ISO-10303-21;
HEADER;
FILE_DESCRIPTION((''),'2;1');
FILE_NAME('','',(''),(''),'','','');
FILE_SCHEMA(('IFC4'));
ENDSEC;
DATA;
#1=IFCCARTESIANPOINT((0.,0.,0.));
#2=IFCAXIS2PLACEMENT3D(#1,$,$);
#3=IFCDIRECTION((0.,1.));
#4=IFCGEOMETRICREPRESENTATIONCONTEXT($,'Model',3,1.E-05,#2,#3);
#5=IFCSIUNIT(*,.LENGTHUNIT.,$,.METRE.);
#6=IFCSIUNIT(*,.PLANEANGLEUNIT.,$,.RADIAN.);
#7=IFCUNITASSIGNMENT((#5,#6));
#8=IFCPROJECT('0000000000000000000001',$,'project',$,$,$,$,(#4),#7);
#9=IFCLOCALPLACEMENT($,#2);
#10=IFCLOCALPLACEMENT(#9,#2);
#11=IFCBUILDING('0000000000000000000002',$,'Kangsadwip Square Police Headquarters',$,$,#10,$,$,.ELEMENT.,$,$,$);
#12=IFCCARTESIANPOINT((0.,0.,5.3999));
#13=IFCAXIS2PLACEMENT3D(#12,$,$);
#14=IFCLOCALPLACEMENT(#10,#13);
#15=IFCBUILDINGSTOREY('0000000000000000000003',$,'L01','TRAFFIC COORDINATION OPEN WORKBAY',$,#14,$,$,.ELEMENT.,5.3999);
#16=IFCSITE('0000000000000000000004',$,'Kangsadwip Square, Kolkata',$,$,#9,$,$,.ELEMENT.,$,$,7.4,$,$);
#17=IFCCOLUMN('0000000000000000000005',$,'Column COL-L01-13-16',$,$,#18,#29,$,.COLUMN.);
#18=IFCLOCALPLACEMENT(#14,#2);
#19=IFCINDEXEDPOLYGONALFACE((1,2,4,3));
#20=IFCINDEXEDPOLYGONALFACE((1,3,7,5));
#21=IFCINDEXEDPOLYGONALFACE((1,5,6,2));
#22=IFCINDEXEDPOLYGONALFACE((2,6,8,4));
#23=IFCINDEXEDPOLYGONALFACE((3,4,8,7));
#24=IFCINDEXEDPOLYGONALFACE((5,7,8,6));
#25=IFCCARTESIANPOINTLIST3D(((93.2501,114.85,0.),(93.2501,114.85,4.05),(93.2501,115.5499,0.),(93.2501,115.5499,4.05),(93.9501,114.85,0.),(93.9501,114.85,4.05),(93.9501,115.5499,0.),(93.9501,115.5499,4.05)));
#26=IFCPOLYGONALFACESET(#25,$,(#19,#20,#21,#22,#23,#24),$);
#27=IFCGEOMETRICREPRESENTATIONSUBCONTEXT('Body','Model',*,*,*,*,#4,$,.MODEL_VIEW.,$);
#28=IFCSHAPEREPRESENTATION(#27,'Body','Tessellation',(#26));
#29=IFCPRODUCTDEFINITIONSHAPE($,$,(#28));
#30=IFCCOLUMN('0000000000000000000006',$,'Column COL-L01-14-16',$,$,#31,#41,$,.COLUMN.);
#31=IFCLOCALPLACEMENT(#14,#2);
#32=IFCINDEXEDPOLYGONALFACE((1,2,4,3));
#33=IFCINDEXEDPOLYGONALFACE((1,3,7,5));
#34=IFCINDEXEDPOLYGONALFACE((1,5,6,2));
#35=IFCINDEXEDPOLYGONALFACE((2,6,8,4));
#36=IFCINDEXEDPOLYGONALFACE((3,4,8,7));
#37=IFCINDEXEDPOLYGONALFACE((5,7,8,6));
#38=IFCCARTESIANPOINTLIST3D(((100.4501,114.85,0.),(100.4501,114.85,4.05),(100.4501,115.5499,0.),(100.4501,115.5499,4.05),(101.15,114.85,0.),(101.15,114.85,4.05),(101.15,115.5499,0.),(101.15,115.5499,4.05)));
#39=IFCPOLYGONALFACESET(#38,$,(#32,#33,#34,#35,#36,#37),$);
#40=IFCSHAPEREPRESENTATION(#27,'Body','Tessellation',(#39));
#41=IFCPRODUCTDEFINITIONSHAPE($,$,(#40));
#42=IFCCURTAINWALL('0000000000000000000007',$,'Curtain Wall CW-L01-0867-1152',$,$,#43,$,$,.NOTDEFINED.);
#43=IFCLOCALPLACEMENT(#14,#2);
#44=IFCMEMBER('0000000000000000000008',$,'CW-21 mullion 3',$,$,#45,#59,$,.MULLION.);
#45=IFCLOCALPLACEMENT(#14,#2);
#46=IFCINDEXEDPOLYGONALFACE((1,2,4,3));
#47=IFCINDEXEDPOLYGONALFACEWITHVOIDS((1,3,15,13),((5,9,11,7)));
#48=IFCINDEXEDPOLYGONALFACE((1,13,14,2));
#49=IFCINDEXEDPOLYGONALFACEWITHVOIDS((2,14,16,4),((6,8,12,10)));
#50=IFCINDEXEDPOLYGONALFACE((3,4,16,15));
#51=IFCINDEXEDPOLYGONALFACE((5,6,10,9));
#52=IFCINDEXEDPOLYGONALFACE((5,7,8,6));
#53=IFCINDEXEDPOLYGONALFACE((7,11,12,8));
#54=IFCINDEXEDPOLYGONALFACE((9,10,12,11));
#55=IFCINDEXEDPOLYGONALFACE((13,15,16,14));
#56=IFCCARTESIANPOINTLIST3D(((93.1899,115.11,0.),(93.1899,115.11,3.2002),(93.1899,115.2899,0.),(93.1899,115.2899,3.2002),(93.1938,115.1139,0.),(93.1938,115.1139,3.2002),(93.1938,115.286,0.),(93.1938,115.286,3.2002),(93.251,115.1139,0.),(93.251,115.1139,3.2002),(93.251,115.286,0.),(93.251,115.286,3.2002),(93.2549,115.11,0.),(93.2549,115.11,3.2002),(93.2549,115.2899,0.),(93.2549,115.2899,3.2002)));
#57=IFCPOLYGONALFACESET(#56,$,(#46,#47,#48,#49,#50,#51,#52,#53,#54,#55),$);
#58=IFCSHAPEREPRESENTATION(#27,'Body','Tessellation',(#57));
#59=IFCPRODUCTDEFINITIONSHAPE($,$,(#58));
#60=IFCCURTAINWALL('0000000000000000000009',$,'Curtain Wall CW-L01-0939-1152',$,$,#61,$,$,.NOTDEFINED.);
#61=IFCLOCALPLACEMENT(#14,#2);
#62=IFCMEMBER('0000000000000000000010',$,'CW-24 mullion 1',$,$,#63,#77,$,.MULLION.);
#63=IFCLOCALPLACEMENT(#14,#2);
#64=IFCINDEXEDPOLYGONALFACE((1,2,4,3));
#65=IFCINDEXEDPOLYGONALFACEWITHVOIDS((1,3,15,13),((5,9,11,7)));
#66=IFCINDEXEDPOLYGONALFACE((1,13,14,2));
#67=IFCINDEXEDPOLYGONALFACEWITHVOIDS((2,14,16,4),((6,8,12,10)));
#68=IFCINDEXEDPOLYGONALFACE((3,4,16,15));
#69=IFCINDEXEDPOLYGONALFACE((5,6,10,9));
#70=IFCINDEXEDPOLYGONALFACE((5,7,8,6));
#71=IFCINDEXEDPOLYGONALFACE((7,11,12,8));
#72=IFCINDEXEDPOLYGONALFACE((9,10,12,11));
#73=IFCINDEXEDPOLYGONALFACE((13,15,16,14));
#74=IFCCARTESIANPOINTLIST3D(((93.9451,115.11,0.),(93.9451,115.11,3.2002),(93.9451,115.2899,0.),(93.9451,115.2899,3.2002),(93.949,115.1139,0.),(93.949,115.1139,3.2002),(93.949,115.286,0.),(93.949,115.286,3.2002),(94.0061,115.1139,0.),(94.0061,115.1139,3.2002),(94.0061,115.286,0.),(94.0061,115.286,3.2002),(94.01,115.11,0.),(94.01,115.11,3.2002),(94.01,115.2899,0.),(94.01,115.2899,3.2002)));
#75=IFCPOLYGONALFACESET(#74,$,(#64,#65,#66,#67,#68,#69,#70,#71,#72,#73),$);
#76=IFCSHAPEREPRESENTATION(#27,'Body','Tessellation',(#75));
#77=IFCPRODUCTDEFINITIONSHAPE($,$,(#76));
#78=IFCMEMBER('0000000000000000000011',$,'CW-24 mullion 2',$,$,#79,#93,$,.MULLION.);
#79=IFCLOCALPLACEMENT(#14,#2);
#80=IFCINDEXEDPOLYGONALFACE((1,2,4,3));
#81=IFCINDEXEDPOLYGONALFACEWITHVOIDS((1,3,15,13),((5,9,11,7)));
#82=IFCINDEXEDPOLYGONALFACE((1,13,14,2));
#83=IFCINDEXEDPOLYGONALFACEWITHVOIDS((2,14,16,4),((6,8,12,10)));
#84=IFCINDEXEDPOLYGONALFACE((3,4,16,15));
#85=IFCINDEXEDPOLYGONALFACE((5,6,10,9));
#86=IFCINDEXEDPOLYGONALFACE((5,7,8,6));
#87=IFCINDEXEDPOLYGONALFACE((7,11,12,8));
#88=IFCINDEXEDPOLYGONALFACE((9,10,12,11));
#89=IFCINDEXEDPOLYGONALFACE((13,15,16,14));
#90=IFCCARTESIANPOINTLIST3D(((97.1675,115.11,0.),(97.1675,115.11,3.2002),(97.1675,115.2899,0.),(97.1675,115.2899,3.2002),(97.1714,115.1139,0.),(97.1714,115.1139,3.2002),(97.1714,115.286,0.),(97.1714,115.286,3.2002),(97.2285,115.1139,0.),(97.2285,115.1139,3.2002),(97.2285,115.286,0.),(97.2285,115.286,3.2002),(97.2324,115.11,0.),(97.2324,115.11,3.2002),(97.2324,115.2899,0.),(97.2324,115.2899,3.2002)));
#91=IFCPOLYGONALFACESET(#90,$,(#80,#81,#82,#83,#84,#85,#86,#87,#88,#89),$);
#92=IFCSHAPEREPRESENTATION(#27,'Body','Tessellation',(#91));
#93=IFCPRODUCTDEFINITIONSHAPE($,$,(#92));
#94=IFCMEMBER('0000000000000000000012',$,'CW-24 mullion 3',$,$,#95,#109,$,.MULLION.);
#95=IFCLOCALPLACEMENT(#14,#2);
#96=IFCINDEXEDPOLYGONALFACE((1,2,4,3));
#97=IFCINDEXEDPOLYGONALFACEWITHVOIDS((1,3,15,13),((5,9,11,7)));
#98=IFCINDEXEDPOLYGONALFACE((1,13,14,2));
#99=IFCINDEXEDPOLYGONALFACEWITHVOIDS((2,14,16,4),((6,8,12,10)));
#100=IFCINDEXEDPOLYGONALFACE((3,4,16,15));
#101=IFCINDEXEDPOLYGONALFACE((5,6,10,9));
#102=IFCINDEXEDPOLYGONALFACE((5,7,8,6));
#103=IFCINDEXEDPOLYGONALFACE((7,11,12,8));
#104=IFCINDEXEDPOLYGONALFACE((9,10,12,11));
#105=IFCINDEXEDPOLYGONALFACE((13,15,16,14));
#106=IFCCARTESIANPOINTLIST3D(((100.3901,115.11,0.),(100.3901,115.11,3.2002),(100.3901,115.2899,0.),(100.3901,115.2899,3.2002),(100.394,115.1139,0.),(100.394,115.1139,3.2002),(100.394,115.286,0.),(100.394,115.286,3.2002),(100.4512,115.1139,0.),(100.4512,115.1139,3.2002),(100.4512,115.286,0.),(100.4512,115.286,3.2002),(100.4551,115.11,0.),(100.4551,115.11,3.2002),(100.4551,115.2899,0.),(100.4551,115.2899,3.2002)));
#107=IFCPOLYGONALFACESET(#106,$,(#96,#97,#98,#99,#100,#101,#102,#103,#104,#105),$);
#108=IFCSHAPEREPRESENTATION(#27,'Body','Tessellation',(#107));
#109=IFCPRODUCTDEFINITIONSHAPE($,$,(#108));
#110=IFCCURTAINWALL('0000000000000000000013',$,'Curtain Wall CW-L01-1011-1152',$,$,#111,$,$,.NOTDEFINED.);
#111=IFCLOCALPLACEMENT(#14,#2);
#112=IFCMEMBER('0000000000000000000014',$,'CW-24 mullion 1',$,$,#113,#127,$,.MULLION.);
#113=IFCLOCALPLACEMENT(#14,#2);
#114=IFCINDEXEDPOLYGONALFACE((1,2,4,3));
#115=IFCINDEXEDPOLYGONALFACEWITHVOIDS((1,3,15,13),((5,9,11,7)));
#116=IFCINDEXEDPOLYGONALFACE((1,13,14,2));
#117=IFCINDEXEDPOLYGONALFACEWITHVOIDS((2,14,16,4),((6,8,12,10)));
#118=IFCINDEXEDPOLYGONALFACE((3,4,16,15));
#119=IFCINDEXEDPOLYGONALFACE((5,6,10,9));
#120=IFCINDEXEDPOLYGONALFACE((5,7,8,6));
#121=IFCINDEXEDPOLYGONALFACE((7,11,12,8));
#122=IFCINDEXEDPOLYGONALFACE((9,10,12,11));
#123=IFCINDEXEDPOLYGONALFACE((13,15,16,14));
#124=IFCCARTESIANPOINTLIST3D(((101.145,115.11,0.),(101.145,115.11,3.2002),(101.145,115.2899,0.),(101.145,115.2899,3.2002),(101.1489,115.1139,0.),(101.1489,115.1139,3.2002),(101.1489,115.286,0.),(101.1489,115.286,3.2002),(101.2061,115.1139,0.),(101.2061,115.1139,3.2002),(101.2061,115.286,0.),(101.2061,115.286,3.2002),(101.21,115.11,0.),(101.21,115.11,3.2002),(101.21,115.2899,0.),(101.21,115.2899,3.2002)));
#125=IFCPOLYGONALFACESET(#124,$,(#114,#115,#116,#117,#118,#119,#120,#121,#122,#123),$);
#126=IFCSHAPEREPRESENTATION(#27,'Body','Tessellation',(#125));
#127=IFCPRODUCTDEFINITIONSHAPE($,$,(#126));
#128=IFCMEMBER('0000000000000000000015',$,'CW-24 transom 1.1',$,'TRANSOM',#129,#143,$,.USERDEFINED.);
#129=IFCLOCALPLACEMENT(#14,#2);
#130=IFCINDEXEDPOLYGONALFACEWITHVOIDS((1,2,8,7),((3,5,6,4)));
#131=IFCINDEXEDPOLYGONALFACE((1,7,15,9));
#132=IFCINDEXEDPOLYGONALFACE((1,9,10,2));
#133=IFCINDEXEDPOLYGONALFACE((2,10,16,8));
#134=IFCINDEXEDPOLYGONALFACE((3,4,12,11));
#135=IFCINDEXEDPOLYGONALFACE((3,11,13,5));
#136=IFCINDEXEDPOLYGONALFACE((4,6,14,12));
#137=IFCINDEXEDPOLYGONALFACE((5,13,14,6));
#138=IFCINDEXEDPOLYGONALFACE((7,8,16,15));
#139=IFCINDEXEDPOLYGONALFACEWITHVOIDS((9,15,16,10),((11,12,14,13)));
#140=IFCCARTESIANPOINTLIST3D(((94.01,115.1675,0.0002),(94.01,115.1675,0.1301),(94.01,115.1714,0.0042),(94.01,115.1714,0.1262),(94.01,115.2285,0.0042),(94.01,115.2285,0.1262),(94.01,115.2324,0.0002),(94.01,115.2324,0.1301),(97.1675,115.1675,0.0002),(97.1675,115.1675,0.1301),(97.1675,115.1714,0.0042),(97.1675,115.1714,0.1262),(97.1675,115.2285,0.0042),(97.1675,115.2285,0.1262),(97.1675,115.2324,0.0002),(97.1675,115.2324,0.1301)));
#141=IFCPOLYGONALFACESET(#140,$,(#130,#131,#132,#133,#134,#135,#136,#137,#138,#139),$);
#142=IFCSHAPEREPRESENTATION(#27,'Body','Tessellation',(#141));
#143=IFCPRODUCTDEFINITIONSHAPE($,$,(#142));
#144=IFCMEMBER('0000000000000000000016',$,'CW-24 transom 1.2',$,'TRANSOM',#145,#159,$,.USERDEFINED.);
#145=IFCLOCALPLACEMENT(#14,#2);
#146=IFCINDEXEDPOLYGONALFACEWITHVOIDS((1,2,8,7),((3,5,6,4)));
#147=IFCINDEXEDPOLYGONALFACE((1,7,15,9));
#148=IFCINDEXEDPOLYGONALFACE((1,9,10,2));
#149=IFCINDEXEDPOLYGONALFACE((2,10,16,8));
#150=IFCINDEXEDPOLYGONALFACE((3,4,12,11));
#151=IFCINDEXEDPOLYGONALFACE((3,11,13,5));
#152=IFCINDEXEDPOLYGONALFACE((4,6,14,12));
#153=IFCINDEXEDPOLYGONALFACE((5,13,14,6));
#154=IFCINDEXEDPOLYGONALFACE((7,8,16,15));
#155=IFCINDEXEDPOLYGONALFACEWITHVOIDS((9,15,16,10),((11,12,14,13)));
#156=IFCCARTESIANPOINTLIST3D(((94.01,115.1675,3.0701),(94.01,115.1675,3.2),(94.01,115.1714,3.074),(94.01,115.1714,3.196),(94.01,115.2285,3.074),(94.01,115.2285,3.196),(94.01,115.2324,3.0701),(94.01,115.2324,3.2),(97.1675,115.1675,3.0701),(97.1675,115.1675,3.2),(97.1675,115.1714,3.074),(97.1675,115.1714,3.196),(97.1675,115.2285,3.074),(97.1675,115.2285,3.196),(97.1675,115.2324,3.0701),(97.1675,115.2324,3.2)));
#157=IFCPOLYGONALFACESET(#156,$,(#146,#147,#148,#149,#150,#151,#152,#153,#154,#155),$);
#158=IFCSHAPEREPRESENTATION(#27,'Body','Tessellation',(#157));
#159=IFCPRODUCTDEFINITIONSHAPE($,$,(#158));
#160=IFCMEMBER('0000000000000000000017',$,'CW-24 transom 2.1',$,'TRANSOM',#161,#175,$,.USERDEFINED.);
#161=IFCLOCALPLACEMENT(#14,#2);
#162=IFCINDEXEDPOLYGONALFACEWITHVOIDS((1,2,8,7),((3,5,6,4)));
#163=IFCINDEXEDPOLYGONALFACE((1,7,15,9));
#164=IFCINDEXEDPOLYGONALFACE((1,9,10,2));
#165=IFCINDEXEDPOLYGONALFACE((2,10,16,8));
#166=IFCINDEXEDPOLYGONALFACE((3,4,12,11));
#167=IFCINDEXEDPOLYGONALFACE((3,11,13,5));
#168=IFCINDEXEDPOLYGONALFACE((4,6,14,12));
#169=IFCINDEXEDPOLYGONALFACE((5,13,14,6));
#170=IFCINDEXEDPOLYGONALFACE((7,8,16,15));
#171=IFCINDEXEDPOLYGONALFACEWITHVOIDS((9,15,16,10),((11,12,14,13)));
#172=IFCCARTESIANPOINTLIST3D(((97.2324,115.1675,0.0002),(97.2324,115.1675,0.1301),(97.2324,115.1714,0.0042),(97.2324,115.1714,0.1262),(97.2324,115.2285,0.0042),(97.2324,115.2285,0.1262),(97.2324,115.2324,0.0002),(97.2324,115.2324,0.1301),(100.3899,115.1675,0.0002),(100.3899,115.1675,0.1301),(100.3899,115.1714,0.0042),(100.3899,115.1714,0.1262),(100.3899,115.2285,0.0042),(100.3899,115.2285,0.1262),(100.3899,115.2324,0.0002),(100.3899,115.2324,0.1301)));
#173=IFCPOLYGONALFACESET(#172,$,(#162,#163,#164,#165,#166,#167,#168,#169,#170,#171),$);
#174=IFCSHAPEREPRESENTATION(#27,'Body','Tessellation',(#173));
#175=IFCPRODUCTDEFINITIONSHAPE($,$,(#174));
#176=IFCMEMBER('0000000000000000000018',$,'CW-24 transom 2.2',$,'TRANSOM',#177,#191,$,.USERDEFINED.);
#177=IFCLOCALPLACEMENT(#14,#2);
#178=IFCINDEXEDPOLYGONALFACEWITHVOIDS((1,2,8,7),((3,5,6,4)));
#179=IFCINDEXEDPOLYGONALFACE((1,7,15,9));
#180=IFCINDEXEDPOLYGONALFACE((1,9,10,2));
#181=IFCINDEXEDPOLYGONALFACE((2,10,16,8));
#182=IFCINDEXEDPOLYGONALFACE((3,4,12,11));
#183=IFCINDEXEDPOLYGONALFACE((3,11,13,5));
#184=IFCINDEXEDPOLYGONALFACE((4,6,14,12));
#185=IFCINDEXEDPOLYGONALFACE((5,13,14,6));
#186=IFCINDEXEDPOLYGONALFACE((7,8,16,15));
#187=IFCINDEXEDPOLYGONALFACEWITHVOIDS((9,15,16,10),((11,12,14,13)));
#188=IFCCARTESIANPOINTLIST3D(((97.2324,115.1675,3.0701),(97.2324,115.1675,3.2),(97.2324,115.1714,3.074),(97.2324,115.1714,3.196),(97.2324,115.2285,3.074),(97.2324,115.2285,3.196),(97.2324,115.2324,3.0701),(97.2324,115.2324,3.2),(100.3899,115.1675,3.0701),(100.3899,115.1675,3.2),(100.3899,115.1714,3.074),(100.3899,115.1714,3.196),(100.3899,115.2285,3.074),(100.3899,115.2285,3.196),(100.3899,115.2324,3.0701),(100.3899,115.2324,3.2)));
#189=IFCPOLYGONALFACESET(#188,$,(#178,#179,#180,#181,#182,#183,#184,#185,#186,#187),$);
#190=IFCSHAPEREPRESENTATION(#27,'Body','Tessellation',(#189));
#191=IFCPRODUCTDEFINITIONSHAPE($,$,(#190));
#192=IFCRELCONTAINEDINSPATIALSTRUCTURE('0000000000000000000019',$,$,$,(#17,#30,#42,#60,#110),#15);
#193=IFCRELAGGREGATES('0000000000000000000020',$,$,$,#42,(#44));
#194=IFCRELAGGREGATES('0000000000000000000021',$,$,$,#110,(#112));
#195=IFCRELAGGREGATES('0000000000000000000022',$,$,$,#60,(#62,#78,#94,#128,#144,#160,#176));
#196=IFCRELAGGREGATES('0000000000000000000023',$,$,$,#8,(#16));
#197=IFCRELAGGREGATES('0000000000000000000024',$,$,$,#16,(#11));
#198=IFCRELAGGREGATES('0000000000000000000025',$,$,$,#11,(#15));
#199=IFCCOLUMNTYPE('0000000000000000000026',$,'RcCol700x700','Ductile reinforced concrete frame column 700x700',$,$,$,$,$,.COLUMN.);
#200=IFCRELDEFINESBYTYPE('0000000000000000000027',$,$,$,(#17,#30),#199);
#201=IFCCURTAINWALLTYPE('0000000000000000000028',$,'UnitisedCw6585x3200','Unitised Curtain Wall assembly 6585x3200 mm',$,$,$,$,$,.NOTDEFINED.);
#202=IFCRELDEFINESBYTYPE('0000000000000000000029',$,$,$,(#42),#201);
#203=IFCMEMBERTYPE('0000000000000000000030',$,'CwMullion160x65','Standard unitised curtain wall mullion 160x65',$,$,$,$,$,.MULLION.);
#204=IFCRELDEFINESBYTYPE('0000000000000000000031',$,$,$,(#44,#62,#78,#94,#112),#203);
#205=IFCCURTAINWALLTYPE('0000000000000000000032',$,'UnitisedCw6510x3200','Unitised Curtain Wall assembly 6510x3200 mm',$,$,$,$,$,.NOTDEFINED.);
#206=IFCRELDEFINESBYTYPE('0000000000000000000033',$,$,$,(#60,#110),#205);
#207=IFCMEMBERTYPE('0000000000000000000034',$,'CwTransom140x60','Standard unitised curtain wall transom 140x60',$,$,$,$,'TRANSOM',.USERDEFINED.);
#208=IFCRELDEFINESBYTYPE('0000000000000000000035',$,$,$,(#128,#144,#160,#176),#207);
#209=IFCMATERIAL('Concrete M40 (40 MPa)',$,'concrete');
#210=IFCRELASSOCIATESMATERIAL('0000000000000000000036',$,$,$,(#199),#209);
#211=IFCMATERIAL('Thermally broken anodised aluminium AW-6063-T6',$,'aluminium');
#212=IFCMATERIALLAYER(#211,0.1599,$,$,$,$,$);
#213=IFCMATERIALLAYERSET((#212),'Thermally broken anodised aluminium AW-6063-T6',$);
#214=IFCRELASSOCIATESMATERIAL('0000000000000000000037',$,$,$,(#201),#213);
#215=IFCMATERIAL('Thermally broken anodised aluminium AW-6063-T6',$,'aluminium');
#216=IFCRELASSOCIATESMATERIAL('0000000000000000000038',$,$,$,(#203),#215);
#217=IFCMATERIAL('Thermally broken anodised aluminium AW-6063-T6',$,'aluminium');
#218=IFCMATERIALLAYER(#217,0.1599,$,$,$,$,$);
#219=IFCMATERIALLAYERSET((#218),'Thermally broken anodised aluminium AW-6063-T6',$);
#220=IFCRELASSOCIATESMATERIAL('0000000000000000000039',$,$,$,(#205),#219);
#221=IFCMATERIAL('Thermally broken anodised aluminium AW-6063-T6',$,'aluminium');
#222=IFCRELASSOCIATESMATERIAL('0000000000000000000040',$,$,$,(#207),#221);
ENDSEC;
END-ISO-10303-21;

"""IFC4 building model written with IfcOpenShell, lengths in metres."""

from ifc_helpers import new_model, si_unit, direction, frame, origin, origin_2d, place, context, subcontext, project, spatial, rectangle, hollow_rectangle, extrude, material, layer, layer_set, material_profile, profile_set, type_object, element, aggregate, save


model = new_model("IFC4")

# Units and contexts
model_context = context("Model", 3, precision=1e-05, world=origin(), true_north=direction((0.0, 1.0)))
body_context = subcontext(model_context, "Body", "Model", "MODEL_VIEW")
ifc_project = project(units=[si_unit("LENGTHUNIT", "METRE"), si_unit("PLANEANGLEUNIT", "RADIAN")], contexts=[model_context])

# Site, building, storey
site_placement = place(None, origin())
site = spatial("IfcSite", under=ifc_project, at=site_placement, Name="Kangsadwip Square, Kolkata", CompositionType="ELEMENT", RefElevation=7.4)
building_placement = place(site_placement, origin())
building = spatial("IfcBuilding", under=site, at=building_placement, Name="Kangsadwip Square Police Headquarters", CompositionType="ELEMENT")
storey_placement = place(building_placement, frame((0.0, 0.0, 5.3999)))
storey = spatial("IfcBuildingStorey", under=building, at=storey_placement, Name="L01", Description="TRAFFIC COORDINATION OPEN WORKBAY", CompositionType="ELEMENT", Elevation=5.3999)

# Columns
ifc_material_1 = material(Name="Concrete M40 (40 MPa)", Category="concrete")
ifc_material_profile_1 = material_profile(ifc_material_1, rectangle(XDim=0.7, YDim=0.7, at=origin_2d()), Name="RC COL 700X700")
ifc_profile_set_1 = profile_set([ifc_material_profile_1], Name="Concrete M40 (40 MPa)")
column_type = type_object("IfcColumnType", Name="RcCol700x700", Description="Ductile reinforced concrete frame column 700x700", PredefinedType="COLUMN", material=ifc_profile_set_1)
for number, where, z_axis, x_axis, name in (
    (1, (93.6001, 115.2, 0.0), (0.0, 0.0, 1.0), (1.0, 0.0, 0.0), "Column COL-L01-13-16"),
    (2, (100.8, 115.2, 0.0), (0.0, 0.0, 1.0), (1.0, 0.0, 0.0), "Column COL-L01-14-16"),
):
    element("IfcColumn", number, at=place(storey_placement, frame(where, z_axis=z_axis, x_axis=x_axis)), inside=storey, type_object=column_type, Name=name, PredefinedType="COLUMN", context=body_context, shape_type="SweptSolid", body=[
        extrude(rectangle(XDim=0.7, YDim=0.7, at=origin_2d()), origin(), (0.0, 0.0, 1.0), 4.05),
    ])

# Curtain wall, member
ifc_material_2 = material(Name="Thermally broken anodised aluminium AW-6063-T6", Category="aluminium")
ifc_layer_1 = layer(ifc_material_2, 0.1599)
ifc_layer_set_1 = layer_set([ifc_layer_1], Name="Thermally broken anodised aluminium AW-6063-T6")
curtain_wall_type_1 = type_object("IfcCurtainWallType", Name="UnitisedCw6585x3200", Description="Unitised Curtain Wall assembly 6585x3200 mm", PredefinedType="NOTDEFINED", material=ifc_layer_set_1)
curtain_wall_1_placement = place(storey_placement, origin())
curtain_wall_1 = element("IfcCurtainWall", 3, at=curtain_wall_1_placement, inside=storey, type_object=curtain_wall_type_1, Name="Curtain Wall CW-L01-0867-1152", PredefinedType="NOTDEFINED")
ifc_material_3 = material(Name="Thermally broken anodised aluminium AW-6063-T6", Category="aluminium")
ifc_material_profile_2 = material_profile(ifc_material_3, hollow_rectangle(XDim=0.0649, YDim=0.1799, WallThickness=0.0039, at=origin_2d()), Name="CWM 180X65X4")
ifc_profile_set_2 = profile_set([ifc_material_profile_2], Name="Thermally broken anodised aluminium AW-6063-T6")
member_type_1 = type_object("IfcMemberType", Name="CwMullion160x65", Description="Standard unitised curtain wall mullion 160x65", PredefinedType="MULLION", material=ifc_profile_set_2)
member_1_placement = place(storey_placement, frame((93.2224, 115.2, 0.0), z_axis=(0.0, 0.0, 1.0), x_axis=(1.0, 0.0, 0.0)))
member_1 = element("IfcMember", 4, at=member_1_placement, type_object=member_type_1, Name="CW-21 mullion 3", PredefinedType="MULLION", context=body_context, shape_type="SweptSolid", body=[
    extrude(hollow_rectangle(XDim=0.0649, YDim=0.1799, WallThickness=0.0039, at=origin_2d()), origin(), (0.0, 0.0, 1.0), 3.2002),
])
aggregate(curtain_wall_1, [member_1])

# Curtain wall, members
ifc_material_4 = material(Name="Thermally broken anodised aluminium AW-6063-T6", Category="aluminium")
ifc_layer_2 = layer(ifc_material_4, 0.1599)
ifc_layer_set_2 = layer_set([ifc_layer_2], Name="Thermally broken anodised aluminium AW-6063-T6")
curtain_wall_type_2 = type_object("IfcCurtainWallType", Name="UnitisedCw6510x3200", Description="Unitised Curtain Wall assembly 6510x3200 mm", PredefinedType="NOTDEFINED", material=ifc_layer_set_2)
curtain_wall_2_placement = place(storey_placement, origin())
curtain_wall_2 = element("IfcCurtainWall", 5, at=curtain_wall_2_placement, inside=storey, type_object=curtain_wall_type_2, Name="Curtain Wall CW-L01-0939-1152", PredefinedType="NOTDEFINED")
member_2_placement = place(storey_placement, frame((93.9775, 115.2, 0.0), z_axis=(0.0, 0.0, 1.0), x_axis=(1.0, 0.0, 0.0)))
member_2 = element("IfcMember", 6, at=member_2_placement, type_object=member_type_1, Name="CW-24 mullion 1", PredefinedType="MULLION", context=body_context, shape_type="SweptSolid", body=[
    extrude(hollow_rectangle(XDim=0.0649, YDim=0.1799, WallThickness=0.0039, at=origin_2d()), origin(), (0.0, 0.0, 1.0), 3.2002),
])
member_3_placement = place(storey_placement, frame((97.2, 115.2, 0.0), z_axis=(0.0, 0.0, 1.0), x_axis=(1.0, 0.0, 0.0)))
member_3 = element("IfcMember", 7, at=member_3_placement, type_object=member_type_1, Name="CW-24 mullion 2", PredefinedType="MULLION", context=body_context, shape_type="SweptSolid", body=[
    extrude(hollow_rectangle(XDim=0.0649, YDim=0.1799, WallThickness=0.0039, at=origin_2d()), origin(), (0.0, 0.0, 1.0), 3.2002),
])
member_4_placement = place(storey_placement, frame((100.4226, 115.2, 0.0), z_axis=(0.0, 0.0, 1.0), x_axis=(1.0, 0.0, 0.0)))
member_4 = element("IfcMember", 8, at=member_4_placement, type_object=member_type_1, Name="CW-24 mullion 3", PredefinedType="MULLION", context=body_context, shape_type="SweptSolid", body=[
    extrude(hollow_rectangle(XDim=0.0649, YDim=0.1799, WallThickness=0.0039, at=origin_2d()), origin(), (0.0, 0.0, 1.0), 3.2002),
])

# Curtain wall, member
curtain_wall_3_placement = place(storey_placement, origin())
curtain_wall_3 = element("IfcCurtainWall", 9, at=curtain_wall_3_placement, inside=storey, type_object=curtain_wall_type_2, Name="Curtain Wall CW-L01-1011-1152", PredefinedType="NOTDEFINED")
member_5_placement = place(storey_placement, frame((101.1775, 115.2, 0.0), z_axis=(0.0, 0.0, 1.0), x_axis=(1.0, 0.0, 0.0)))
member_5 = element("IfcMember", 10, at=member_5_placement, type_object=member_type_1, Name="CW-24 mullion 1", PredefinedType="MULLION", context=body_context, shape_type="SweptSolid", body=[
    extrude(hollow_rectangle(XDim=0.0649, YDim=0.1799, WallThickness=0.0039, at=origin_2d()), origin(), (0.0, 0.0, 1.0), 3.2002),
])
aggregate(curtain_wall_3, [member_5])

# Members
ifc_material_5 = material(Name="Thermally broken anodised aluminium AW-6063-T6", Category="aluminium")
ifc_material_profile_3 = material_profile(ifc_material_5, hollow_rectangle(XDim=0.0649, YDim=0.1299, WallThickness=0.0039, at=origin_2d()), Name="CWT 130X65X4")
ifc_profile_set_3 = profile_set([ifc_material_profile_3], Name="Thermally broken anodised aluminium AW-6063-T6")
member_type_2 = type_object("IfcMemberType", Name="CwTransom140x60", Description="Standard unitised curtain wall transom 140x60", ElementType="TRANSOM", PredefinedType="USERDEFINED", material=ifc_profile_set_3)
member_6_placement = place(storey_placement, frame((94.01, 115.2, 0.0652), z_axis=(1.0, 0.0, 0.0), x_axis=(0.0, 1.0, 0.0)))
member_6 = element("IfcMember", 11, at=member_6_placement, type_object=member_type_2, Name="CW-24 transom 1.1", ObjectType="TRANSOM", PredefinedType="USERDEFINED", context=body_context, shape_type="SweptSolid", body=[
    extrude(hollow_rectangle(XDim=0.0649, YDim=0.1299, WallThickness=0.0039, at=origin_2d()), origin(), (0.0, 0.0, 1.0), 3.1575),
])
member_7_placement = place(storey_placement, frame((94.01, 115.2, 3.135), z_axis=(1.0, 0.0, 0.0), x_axis=(0.0, 1.0, 0.0)))
member_7 = element("IfcMember", 12, at=member_7_placement, type_object=member_type_2, Name="CW-24 transom 1.2", ObjectType="TRANSOM", PredefinedType="USERDEFINED", context=body_context, shape_type="SweptSolid", body=[
    extrude(hollow_rectangle(XDim=0.0649, YDim=0.1299, WallThickness=0.0039, at=origin_2d()), origin(), (0.0, 0.0, 1.0), 3.1575),
])
member_8_placement = place(storey_placement, frame((97.2324, 115.2, 0.0652), z_axis=(1.0, 0.0, 0.0), x_axis=(0.0, 1.0, 0.0)))
member_8 = element("IfcMember", 13, at=member_8_placement, type_object=member_type_2, Name="CW-24 transom 2.1", ObjectType="TRANSOM", PredefinedType="USERDEFINED", context=body_context, shape_type="SweptSolid", body=[
    extrude(hollow_rectangle(XDim=0.0649, YDim=0.1299, WallThickness=0.0039, at=origin_2d()), origin(), (0.0, 0.0, 1.0), 3.1575),
])
member_9_placement = place(storey_placement, frame((97.2324, 115.2, 3.135), z_axis=(1.0, 0.0, 0.0), x_axis=(0.0, 1.0, 0.0)))
member_9 = element("IfcMember", 14, at=member_9_placement, type_object=member_type_2, Name="CW-24 transom 2.2", ObjectType="TRANSOM", PredefinedType="USERDEFINED", context=body_context, shape_type="SweptSolid", body=[
    extrude(hollow_rectangle(XDim=0.0649, YDim=0.1299, WallThickness=0.0039, at=origin_2d()), origin(), (0.0, 0.0, 1.0), 3.1575),
])

aggregate(curtain_wall_2, [member_2, member_3, member_4, member_6, member_7, member_8, member_9])

save(model, "model.ifc")
